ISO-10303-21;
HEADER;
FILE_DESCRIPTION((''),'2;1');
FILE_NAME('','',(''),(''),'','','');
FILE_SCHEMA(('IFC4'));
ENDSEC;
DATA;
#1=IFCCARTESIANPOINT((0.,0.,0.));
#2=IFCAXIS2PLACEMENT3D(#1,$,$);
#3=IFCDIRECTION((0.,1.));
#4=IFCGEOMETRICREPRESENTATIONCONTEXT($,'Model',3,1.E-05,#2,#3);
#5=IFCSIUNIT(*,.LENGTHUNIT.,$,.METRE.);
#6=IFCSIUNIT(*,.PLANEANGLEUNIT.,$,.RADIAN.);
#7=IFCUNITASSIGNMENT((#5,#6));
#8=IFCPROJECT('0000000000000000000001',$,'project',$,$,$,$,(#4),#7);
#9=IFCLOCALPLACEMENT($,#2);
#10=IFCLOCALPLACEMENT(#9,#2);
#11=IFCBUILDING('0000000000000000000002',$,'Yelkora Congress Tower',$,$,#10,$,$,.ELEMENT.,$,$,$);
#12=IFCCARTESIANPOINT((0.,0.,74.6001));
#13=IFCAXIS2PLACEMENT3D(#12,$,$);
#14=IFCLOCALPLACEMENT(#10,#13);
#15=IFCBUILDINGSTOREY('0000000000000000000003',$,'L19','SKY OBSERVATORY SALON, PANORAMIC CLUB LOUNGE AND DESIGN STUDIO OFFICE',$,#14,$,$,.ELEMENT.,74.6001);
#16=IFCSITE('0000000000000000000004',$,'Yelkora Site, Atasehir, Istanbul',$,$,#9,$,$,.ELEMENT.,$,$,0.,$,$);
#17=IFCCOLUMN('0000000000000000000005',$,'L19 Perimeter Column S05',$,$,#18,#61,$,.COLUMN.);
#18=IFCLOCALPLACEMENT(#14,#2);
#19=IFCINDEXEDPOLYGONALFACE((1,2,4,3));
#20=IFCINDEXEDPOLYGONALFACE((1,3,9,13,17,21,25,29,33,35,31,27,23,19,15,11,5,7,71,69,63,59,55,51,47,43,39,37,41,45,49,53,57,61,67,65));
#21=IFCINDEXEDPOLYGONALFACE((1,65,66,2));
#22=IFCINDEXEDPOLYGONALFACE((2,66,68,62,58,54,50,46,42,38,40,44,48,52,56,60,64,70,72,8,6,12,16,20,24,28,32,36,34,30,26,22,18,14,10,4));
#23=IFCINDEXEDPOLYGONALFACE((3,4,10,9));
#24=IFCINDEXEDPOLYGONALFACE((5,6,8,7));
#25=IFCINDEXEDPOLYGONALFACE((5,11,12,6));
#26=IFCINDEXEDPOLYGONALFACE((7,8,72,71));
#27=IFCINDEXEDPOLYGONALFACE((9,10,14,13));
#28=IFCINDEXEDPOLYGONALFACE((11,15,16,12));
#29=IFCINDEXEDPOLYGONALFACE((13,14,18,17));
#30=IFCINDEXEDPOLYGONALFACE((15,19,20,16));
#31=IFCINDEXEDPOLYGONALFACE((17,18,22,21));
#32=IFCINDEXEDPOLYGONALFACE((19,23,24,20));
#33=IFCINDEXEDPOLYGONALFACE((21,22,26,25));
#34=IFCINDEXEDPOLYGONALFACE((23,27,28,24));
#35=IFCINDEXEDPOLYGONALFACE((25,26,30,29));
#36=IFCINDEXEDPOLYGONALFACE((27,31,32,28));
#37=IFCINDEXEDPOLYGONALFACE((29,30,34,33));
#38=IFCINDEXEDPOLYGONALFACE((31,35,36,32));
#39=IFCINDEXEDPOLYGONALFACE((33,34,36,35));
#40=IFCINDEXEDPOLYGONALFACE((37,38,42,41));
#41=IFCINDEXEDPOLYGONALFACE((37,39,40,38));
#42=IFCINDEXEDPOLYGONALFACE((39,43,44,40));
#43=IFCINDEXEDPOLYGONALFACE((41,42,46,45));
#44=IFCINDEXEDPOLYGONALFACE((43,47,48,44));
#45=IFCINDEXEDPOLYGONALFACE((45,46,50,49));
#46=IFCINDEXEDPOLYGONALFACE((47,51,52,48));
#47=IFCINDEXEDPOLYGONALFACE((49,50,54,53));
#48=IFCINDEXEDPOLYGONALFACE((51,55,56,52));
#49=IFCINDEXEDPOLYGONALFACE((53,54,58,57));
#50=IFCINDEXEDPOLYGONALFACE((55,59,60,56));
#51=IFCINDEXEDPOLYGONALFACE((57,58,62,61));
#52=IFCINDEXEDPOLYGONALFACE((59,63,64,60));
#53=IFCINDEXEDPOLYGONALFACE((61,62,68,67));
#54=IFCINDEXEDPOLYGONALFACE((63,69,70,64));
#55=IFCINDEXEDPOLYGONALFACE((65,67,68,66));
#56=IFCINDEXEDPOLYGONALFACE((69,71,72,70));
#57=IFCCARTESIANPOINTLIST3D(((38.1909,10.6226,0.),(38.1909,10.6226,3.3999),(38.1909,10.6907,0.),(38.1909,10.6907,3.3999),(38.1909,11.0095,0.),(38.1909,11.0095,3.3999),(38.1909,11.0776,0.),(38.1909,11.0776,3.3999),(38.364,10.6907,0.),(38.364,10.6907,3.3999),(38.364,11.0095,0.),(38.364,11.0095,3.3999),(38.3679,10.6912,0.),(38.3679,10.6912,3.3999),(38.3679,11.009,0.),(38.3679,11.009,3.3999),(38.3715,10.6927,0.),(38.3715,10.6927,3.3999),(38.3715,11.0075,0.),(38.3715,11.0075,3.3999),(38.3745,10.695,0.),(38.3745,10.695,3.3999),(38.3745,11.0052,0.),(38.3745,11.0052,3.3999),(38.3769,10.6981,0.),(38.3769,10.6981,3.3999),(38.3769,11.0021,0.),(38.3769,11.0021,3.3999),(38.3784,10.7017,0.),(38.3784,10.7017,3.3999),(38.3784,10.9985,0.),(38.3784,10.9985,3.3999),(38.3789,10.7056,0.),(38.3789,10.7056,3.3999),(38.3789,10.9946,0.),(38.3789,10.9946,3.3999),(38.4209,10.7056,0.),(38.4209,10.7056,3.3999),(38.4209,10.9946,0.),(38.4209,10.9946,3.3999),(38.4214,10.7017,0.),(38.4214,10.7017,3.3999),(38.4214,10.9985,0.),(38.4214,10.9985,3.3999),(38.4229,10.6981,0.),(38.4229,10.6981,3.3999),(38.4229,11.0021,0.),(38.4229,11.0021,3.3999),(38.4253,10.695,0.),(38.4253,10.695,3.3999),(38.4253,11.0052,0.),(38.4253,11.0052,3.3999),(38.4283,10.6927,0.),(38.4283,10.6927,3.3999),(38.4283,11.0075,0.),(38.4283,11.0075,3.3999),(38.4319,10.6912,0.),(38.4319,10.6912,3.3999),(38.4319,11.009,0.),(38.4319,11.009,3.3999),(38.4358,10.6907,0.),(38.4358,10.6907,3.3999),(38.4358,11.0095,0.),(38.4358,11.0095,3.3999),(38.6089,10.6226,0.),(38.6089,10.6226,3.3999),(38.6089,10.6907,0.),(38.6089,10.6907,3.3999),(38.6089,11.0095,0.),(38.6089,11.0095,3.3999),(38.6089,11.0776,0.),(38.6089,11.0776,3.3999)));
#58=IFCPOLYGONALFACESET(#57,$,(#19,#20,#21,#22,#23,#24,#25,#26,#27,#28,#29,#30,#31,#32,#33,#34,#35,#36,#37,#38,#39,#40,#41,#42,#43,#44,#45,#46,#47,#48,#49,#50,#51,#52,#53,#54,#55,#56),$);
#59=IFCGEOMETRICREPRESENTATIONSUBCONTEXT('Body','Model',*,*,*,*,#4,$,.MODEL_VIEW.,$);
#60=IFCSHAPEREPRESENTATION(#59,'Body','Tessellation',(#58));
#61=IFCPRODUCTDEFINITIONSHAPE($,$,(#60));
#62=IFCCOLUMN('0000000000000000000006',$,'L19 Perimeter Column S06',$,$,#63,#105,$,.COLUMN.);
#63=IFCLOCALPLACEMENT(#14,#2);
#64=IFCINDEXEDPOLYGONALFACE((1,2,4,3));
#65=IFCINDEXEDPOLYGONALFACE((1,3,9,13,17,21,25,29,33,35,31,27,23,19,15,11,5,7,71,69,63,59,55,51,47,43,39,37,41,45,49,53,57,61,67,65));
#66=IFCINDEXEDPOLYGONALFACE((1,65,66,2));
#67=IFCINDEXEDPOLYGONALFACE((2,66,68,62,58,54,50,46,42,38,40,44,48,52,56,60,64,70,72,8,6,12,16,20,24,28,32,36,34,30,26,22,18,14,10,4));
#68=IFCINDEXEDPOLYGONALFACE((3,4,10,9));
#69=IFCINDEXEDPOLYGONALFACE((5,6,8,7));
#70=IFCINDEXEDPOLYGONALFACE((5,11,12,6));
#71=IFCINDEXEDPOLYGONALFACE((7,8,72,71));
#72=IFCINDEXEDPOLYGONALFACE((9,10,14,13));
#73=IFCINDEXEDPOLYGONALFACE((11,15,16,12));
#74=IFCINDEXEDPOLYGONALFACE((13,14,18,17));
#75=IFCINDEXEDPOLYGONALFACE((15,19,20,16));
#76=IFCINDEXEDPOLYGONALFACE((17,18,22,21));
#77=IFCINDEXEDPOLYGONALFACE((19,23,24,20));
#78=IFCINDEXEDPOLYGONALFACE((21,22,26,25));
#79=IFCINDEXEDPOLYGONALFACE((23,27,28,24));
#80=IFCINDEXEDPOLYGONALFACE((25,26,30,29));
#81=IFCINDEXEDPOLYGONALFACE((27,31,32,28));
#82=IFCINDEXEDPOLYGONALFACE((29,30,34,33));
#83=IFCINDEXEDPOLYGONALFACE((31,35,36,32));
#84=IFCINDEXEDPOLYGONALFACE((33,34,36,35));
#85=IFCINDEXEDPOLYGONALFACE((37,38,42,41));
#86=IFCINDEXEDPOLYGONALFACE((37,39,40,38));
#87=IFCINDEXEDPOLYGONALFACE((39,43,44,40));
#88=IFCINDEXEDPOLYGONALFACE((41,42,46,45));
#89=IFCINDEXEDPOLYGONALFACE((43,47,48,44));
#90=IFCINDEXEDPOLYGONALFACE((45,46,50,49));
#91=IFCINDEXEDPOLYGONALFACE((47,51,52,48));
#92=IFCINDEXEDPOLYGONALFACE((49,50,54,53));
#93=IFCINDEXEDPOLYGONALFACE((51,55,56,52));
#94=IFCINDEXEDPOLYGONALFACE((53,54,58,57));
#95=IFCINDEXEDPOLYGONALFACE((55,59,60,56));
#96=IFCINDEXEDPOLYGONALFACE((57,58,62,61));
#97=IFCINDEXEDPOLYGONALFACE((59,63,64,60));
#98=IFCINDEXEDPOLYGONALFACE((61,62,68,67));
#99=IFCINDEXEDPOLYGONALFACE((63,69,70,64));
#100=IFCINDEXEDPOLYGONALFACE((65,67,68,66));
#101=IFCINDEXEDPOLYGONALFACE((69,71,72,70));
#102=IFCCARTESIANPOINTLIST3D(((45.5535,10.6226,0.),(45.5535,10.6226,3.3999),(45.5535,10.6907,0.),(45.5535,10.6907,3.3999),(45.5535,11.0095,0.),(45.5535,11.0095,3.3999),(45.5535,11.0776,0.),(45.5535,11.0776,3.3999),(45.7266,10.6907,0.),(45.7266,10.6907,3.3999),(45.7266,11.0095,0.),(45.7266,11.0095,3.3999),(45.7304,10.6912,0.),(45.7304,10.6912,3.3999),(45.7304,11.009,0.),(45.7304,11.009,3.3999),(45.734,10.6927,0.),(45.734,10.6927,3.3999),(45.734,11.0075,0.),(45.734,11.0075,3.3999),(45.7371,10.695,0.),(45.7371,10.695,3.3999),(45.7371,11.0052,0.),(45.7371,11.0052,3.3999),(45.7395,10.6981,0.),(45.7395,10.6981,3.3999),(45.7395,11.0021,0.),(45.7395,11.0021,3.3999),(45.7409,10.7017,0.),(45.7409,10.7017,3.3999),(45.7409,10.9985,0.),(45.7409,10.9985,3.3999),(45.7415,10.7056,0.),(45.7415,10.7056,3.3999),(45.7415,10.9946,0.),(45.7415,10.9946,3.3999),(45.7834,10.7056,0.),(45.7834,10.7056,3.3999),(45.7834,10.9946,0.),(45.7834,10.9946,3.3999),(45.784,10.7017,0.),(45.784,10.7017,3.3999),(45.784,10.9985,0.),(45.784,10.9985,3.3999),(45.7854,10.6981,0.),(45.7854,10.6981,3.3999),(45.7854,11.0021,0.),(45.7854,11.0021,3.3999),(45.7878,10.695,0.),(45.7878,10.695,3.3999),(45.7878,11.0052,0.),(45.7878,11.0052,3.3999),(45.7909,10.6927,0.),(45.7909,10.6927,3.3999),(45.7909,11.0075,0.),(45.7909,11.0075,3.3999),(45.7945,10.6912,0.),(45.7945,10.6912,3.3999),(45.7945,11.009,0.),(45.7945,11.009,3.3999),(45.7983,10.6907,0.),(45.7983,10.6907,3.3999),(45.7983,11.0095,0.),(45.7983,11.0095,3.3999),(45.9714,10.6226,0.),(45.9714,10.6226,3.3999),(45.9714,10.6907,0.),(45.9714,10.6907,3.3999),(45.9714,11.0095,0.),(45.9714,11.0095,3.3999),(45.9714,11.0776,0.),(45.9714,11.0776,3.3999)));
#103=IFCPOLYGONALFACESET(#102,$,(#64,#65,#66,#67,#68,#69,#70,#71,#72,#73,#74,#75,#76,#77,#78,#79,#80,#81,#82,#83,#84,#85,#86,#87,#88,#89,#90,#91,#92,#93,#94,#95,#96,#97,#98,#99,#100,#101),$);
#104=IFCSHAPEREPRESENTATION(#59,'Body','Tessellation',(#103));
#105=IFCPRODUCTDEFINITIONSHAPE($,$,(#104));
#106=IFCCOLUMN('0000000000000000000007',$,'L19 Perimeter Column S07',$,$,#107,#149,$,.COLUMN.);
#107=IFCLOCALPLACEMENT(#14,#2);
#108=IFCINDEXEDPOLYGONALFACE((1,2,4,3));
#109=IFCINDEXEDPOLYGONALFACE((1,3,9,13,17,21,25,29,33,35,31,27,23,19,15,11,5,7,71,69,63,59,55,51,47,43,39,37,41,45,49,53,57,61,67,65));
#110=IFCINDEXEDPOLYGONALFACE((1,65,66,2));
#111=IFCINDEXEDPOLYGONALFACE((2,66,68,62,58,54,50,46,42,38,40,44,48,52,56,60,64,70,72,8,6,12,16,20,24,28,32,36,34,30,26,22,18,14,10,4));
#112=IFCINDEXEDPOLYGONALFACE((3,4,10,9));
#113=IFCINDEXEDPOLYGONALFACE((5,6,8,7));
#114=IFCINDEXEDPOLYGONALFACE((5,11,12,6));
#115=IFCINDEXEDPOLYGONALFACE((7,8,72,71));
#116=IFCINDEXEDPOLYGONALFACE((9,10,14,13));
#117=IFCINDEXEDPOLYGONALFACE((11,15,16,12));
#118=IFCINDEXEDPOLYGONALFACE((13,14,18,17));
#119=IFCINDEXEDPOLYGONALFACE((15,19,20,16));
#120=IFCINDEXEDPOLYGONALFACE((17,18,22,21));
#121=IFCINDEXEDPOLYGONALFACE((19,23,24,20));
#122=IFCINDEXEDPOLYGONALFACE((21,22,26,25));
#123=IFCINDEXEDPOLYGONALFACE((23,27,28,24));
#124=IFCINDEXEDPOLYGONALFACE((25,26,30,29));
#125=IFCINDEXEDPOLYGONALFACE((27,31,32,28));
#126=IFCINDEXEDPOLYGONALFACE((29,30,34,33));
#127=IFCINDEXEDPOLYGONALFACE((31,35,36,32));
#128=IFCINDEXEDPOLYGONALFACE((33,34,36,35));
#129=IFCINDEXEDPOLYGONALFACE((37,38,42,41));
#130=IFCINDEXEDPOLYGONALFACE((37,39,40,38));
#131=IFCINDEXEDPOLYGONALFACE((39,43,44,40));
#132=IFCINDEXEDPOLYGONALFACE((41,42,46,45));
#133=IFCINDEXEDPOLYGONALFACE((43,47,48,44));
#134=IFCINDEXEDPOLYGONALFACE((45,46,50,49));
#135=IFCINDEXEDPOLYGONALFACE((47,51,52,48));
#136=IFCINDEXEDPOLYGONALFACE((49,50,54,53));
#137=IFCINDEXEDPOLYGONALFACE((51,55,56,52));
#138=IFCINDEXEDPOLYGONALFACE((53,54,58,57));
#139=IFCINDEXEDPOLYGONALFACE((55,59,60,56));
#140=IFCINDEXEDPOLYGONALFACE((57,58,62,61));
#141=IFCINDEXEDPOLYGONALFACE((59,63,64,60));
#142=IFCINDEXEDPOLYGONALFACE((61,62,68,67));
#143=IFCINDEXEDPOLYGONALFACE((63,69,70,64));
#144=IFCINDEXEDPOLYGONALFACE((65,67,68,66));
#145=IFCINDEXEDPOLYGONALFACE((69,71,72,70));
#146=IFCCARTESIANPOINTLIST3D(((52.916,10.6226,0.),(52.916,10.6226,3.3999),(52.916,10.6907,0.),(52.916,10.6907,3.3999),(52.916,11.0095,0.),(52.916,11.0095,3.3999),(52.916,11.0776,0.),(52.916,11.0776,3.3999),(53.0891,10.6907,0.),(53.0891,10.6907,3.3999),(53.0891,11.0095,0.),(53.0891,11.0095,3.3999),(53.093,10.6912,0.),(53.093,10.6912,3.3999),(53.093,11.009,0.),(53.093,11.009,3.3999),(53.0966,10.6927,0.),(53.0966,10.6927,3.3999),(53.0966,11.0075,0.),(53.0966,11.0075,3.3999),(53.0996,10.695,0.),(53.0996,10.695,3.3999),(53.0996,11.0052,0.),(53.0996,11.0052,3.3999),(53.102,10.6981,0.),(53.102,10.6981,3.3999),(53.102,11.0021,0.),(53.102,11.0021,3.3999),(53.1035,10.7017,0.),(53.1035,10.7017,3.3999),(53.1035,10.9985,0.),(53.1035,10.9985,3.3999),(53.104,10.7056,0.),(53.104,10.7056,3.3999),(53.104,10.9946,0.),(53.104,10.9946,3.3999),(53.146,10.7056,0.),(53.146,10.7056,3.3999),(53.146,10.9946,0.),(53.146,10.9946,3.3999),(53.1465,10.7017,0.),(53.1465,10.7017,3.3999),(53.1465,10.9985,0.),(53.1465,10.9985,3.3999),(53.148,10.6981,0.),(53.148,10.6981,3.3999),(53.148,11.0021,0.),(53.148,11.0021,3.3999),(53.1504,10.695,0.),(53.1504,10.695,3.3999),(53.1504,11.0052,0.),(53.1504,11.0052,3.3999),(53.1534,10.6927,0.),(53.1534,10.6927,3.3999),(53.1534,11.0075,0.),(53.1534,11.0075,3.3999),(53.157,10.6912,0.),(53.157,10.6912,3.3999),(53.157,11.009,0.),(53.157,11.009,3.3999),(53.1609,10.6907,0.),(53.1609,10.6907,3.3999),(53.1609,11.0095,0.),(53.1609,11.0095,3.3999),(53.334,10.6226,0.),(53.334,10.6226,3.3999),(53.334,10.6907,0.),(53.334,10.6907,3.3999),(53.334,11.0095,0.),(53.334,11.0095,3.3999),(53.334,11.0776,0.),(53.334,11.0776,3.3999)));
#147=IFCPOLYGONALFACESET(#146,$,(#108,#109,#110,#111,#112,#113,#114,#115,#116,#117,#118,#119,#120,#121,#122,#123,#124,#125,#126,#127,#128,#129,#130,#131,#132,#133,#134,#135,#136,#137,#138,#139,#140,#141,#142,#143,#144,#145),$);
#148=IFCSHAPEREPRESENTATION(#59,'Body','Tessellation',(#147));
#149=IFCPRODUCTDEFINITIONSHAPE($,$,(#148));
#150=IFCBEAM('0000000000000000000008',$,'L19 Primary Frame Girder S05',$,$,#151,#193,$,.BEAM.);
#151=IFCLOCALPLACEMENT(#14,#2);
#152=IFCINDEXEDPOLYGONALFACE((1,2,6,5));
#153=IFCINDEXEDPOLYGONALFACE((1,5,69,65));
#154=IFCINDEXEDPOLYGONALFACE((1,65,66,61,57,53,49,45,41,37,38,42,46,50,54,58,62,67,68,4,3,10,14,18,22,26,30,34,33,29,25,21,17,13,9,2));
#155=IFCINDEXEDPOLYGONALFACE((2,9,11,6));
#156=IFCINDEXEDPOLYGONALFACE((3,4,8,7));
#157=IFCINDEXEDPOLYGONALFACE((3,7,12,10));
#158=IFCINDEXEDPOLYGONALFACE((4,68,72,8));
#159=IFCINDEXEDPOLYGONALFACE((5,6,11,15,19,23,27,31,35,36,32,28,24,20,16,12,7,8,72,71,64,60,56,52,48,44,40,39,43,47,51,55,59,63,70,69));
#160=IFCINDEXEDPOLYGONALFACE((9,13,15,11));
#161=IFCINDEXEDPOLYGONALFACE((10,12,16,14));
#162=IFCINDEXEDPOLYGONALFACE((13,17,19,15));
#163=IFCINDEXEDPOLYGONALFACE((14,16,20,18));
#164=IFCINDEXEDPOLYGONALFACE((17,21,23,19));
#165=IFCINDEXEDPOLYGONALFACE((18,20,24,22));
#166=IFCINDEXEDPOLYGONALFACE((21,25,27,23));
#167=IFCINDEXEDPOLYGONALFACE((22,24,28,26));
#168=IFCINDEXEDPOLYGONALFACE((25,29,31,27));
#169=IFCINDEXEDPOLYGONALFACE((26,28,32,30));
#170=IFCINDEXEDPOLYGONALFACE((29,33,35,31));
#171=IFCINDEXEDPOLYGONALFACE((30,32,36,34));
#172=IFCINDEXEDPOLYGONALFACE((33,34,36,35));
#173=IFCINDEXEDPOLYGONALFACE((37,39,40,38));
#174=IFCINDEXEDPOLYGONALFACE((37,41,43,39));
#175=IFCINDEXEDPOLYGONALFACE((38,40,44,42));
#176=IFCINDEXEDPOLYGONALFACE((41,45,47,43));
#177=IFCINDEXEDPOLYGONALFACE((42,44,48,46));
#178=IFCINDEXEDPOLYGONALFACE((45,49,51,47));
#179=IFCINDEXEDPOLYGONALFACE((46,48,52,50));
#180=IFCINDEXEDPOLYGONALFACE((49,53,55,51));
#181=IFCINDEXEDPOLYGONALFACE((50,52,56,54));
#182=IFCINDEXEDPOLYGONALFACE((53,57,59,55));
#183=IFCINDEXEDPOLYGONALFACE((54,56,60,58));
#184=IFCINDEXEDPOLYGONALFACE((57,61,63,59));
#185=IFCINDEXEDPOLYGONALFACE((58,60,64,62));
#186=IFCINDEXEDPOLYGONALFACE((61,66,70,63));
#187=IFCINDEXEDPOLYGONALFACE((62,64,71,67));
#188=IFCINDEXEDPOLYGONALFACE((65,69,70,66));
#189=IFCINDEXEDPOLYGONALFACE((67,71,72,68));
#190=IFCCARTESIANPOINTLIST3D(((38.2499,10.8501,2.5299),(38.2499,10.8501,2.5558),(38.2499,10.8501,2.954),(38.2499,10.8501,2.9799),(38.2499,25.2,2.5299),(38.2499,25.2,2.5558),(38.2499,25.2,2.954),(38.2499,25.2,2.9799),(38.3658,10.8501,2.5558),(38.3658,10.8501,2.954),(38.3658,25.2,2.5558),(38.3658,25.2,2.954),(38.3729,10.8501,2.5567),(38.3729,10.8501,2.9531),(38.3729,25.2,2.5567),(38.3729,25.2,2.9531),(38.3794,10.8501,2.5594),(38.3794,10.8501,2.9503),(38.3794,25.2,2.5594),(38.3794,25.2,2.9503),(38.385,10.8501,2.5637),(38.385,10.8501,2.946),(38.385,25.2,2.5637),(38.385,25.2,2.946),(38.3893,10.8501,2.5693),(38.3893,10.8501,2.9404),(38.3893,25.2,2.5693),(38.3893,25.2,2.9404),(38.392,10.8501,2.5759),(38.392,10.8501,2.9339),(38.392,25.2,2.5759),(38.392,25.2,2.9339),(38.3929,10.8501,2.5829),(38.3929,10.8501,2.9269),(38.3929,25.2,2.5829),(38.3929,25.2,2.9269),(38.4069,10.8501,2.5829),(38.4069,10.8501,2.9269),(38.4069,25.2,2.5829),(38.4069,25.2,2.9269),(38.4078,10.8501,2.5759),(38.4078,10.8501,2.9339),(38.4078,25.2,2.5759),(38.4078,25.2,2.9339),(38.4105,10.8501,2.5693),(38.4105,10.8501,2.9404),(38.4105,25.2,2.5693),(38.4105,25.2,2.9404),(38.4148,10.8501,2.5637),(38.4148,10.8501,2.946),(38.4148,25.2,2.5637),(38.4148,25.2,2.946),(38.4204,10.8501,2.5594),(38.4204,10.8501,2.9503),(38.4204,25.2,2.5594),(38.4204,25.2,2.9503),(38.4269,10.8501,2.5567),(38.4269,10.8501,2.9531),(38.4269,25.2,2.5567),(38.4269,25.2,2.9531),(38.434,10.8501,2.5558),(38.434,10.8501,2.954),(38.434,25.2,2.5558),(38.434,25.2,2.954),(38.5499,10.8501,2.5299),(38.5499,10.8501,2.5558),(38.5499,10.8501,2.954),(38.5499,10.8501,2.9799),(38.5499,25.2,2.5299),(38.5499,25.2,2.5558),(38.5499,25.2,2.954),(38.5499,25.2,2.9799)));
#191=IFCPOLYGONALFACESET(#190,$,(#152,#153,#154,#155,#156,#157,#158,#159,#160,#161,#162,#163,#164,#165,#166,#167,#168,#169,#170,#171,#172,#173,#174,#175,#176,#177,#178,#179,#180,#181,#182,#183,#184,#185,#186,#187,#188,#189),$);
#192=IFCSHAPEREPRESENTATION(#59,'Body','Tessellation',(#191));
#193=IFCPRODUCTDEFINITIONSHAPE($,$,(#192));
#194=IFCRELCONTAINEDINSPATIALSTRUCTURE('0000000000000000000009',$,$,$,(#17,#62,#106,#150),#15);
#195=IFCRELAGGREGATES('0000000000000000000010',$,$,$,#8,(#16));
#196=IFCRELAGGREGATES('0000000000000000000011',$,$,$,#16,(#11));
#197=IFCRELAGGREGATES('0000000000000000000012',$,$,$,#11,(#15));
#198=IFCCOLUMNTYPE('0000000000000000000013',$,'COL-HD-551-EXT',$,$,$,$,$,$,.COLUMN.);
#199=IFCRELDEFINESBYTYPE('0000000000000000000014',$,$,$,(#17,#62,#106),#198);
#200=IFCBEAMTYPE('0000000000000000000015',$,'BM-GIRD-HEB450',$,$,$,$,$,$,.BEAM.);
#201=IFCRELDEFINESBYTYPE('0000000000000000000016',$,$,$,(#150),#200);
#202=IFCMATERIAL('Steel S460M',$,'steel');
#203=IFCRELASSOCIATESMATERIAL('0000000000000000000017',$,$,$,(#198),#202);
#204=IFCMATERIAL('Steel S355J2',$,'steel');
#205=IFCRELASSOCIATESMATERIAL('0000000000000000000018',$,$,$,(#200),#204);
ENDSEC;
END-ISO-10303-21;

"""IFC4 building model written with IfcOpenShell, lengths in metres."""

from ifc_helpers import new_model, si_unit, direction, frame, origin, origin_2d, place, context, subcontext, project, spatial, i_section, extrude, material, material_profile, profile_set, type_object, element, save


model = new_model("IFC4")

# Units and contexts
model_context = context("Model", 3, precision=1e-05, world=origin(), true_north=direction((0.0, 1.0)))
body_context = subcontext(model_context, "Body", "Model", "MODEL_VIEW")
ifc_project = project(units=[si_unit("LENGTHUNIT", "METRE"), si_unit("PLANEANGLEUNIT", "RADIAN")], contexts=[model_context])

# Site, building, storey
site_placement = place(None, origin())
site = spatial("IfcSite", under=ifc_project, at=site_placement, Name="Yelkora Site, Atasehir, Istanbul", CompositionType="ELEMENT", RefElevation=0.0)
building_placement = place(site_placement, origin())
building = spatial("IfcBuilding", under=site, at=building_placement, Name="Yelkora Congress Tower", CompositionType="ELEMENT")
storey_placement = place(building_placement, frame((0.0, 0.0, 74.6001)))
storey = spatial("IfcBuildingStorey", under=building, at=storey_placement, Name="L19", Description="SKY OBSERVATORY SALON, PANORAMIC CLUB LOUNGE AND DESIGN STUDIO OFFICE", CompositionType="ELEMENT", Elevation=74.6001)

# Columns
ifc_material_1 = material(Name="Steel S460M", Category="steel")
ifc_material_profile_1 = material_profile(ifc_material_1, i_section(OverallWidth=0.418, OverallDepth=0.4551, WebThickness=0.042, FlangeThickness=0.0681, FilletRadius=0.0149, at=origin_2d()), Name="HD 400x551")
ifc_profile_set_1 = profile_set([ifc_material_profile_1], Name="Steel S460M")
column_type = type_object("IfcColumnType", Name="COL-HD-551-EXT", PredefinedType="COLUMN", material=ifc_profile_set_1)
for number, where, z_axis, x_axis, name in (
    (1, (38.3999, 10.8501, 0.0), (0.0, 0.0, 1.0), (1.0, 0.0, 0.0), "L19 Perimeter Column S05"),
    (2, (45.7625, 10.8501, 0.0), (0.0, 0.0, 1.0), (1.0, 0.0, 0.0), "L19 Perimeter Column S06"),
    (3, (53.125, 10.8501, 0.0), (0.0, 0.0, 1.0), (1.0, 0.0, 0.0), "L19 Perimeter Column S07"),
):
    element("IfcColumn", number, at=place(storey_placement, frame(where, z_axis=z_axis, x_axis=x_axis)), inside=storey, type_object=column_type, Name=name, PredefinedType="COLUMN", context=body_context, shape_type="SweptSolid", body=[
        extrude(i_section(OverallWidth=0.418, OverallDepth=0.4551, WebThickness=0.042, FlangeThickness=0.0681, FilletRadius=0.0149, at=origin_2d()), origin(), (0.0, 0.0, 1.0), 3.3999),
    ])

# Beam
ifc_material_2 = material(Name="Steel S355J2", Category="steel")
ifc_material_profile_2 = material_profile(ifc_material_2, i_section(OverallWidth=0.3, OverallDepth=0.45, WebThickness=0.0139, FlangeThickness=0.0259, FilletRadius=0.0271, at=origin_2d()), Name="HEB 450")
ifc_profile_set_2 = profile_set([ifc_material_profile_2], Name="Steel S355J2")
beam_type_1 = type_object("IfcBeamType", Name="BM-GIRD-HEB450", PredefinedType="BEAM", material=ifc_profile_set_2)
beam_1_placement = place(storey_placement, frame((38.3999, 10.8501, 2.7549), z_axis=(0.0, 1.0, 0.0), x_axis=(-1.0, 0.0, 0.0)))
element("IfcBeam", 4, at=beam_1_placement, inside=storey, type_object=beam_type_1, Name="L19 Primary Frame Girder S05", PredefinedType="BEAM", context=body_context, shape_type="SweptSolid", body=[
    extrude(i_section(OverallWidth=0.3, OverallDepth=0.45, WebThickness=0.0139, FlangeThickness=0.0259, FilletRadius=0.0271, at=origin_2d()), origin(), (0.0, 0.0, 1.0), 14.3499),
])

save(model, "model.ifc")
